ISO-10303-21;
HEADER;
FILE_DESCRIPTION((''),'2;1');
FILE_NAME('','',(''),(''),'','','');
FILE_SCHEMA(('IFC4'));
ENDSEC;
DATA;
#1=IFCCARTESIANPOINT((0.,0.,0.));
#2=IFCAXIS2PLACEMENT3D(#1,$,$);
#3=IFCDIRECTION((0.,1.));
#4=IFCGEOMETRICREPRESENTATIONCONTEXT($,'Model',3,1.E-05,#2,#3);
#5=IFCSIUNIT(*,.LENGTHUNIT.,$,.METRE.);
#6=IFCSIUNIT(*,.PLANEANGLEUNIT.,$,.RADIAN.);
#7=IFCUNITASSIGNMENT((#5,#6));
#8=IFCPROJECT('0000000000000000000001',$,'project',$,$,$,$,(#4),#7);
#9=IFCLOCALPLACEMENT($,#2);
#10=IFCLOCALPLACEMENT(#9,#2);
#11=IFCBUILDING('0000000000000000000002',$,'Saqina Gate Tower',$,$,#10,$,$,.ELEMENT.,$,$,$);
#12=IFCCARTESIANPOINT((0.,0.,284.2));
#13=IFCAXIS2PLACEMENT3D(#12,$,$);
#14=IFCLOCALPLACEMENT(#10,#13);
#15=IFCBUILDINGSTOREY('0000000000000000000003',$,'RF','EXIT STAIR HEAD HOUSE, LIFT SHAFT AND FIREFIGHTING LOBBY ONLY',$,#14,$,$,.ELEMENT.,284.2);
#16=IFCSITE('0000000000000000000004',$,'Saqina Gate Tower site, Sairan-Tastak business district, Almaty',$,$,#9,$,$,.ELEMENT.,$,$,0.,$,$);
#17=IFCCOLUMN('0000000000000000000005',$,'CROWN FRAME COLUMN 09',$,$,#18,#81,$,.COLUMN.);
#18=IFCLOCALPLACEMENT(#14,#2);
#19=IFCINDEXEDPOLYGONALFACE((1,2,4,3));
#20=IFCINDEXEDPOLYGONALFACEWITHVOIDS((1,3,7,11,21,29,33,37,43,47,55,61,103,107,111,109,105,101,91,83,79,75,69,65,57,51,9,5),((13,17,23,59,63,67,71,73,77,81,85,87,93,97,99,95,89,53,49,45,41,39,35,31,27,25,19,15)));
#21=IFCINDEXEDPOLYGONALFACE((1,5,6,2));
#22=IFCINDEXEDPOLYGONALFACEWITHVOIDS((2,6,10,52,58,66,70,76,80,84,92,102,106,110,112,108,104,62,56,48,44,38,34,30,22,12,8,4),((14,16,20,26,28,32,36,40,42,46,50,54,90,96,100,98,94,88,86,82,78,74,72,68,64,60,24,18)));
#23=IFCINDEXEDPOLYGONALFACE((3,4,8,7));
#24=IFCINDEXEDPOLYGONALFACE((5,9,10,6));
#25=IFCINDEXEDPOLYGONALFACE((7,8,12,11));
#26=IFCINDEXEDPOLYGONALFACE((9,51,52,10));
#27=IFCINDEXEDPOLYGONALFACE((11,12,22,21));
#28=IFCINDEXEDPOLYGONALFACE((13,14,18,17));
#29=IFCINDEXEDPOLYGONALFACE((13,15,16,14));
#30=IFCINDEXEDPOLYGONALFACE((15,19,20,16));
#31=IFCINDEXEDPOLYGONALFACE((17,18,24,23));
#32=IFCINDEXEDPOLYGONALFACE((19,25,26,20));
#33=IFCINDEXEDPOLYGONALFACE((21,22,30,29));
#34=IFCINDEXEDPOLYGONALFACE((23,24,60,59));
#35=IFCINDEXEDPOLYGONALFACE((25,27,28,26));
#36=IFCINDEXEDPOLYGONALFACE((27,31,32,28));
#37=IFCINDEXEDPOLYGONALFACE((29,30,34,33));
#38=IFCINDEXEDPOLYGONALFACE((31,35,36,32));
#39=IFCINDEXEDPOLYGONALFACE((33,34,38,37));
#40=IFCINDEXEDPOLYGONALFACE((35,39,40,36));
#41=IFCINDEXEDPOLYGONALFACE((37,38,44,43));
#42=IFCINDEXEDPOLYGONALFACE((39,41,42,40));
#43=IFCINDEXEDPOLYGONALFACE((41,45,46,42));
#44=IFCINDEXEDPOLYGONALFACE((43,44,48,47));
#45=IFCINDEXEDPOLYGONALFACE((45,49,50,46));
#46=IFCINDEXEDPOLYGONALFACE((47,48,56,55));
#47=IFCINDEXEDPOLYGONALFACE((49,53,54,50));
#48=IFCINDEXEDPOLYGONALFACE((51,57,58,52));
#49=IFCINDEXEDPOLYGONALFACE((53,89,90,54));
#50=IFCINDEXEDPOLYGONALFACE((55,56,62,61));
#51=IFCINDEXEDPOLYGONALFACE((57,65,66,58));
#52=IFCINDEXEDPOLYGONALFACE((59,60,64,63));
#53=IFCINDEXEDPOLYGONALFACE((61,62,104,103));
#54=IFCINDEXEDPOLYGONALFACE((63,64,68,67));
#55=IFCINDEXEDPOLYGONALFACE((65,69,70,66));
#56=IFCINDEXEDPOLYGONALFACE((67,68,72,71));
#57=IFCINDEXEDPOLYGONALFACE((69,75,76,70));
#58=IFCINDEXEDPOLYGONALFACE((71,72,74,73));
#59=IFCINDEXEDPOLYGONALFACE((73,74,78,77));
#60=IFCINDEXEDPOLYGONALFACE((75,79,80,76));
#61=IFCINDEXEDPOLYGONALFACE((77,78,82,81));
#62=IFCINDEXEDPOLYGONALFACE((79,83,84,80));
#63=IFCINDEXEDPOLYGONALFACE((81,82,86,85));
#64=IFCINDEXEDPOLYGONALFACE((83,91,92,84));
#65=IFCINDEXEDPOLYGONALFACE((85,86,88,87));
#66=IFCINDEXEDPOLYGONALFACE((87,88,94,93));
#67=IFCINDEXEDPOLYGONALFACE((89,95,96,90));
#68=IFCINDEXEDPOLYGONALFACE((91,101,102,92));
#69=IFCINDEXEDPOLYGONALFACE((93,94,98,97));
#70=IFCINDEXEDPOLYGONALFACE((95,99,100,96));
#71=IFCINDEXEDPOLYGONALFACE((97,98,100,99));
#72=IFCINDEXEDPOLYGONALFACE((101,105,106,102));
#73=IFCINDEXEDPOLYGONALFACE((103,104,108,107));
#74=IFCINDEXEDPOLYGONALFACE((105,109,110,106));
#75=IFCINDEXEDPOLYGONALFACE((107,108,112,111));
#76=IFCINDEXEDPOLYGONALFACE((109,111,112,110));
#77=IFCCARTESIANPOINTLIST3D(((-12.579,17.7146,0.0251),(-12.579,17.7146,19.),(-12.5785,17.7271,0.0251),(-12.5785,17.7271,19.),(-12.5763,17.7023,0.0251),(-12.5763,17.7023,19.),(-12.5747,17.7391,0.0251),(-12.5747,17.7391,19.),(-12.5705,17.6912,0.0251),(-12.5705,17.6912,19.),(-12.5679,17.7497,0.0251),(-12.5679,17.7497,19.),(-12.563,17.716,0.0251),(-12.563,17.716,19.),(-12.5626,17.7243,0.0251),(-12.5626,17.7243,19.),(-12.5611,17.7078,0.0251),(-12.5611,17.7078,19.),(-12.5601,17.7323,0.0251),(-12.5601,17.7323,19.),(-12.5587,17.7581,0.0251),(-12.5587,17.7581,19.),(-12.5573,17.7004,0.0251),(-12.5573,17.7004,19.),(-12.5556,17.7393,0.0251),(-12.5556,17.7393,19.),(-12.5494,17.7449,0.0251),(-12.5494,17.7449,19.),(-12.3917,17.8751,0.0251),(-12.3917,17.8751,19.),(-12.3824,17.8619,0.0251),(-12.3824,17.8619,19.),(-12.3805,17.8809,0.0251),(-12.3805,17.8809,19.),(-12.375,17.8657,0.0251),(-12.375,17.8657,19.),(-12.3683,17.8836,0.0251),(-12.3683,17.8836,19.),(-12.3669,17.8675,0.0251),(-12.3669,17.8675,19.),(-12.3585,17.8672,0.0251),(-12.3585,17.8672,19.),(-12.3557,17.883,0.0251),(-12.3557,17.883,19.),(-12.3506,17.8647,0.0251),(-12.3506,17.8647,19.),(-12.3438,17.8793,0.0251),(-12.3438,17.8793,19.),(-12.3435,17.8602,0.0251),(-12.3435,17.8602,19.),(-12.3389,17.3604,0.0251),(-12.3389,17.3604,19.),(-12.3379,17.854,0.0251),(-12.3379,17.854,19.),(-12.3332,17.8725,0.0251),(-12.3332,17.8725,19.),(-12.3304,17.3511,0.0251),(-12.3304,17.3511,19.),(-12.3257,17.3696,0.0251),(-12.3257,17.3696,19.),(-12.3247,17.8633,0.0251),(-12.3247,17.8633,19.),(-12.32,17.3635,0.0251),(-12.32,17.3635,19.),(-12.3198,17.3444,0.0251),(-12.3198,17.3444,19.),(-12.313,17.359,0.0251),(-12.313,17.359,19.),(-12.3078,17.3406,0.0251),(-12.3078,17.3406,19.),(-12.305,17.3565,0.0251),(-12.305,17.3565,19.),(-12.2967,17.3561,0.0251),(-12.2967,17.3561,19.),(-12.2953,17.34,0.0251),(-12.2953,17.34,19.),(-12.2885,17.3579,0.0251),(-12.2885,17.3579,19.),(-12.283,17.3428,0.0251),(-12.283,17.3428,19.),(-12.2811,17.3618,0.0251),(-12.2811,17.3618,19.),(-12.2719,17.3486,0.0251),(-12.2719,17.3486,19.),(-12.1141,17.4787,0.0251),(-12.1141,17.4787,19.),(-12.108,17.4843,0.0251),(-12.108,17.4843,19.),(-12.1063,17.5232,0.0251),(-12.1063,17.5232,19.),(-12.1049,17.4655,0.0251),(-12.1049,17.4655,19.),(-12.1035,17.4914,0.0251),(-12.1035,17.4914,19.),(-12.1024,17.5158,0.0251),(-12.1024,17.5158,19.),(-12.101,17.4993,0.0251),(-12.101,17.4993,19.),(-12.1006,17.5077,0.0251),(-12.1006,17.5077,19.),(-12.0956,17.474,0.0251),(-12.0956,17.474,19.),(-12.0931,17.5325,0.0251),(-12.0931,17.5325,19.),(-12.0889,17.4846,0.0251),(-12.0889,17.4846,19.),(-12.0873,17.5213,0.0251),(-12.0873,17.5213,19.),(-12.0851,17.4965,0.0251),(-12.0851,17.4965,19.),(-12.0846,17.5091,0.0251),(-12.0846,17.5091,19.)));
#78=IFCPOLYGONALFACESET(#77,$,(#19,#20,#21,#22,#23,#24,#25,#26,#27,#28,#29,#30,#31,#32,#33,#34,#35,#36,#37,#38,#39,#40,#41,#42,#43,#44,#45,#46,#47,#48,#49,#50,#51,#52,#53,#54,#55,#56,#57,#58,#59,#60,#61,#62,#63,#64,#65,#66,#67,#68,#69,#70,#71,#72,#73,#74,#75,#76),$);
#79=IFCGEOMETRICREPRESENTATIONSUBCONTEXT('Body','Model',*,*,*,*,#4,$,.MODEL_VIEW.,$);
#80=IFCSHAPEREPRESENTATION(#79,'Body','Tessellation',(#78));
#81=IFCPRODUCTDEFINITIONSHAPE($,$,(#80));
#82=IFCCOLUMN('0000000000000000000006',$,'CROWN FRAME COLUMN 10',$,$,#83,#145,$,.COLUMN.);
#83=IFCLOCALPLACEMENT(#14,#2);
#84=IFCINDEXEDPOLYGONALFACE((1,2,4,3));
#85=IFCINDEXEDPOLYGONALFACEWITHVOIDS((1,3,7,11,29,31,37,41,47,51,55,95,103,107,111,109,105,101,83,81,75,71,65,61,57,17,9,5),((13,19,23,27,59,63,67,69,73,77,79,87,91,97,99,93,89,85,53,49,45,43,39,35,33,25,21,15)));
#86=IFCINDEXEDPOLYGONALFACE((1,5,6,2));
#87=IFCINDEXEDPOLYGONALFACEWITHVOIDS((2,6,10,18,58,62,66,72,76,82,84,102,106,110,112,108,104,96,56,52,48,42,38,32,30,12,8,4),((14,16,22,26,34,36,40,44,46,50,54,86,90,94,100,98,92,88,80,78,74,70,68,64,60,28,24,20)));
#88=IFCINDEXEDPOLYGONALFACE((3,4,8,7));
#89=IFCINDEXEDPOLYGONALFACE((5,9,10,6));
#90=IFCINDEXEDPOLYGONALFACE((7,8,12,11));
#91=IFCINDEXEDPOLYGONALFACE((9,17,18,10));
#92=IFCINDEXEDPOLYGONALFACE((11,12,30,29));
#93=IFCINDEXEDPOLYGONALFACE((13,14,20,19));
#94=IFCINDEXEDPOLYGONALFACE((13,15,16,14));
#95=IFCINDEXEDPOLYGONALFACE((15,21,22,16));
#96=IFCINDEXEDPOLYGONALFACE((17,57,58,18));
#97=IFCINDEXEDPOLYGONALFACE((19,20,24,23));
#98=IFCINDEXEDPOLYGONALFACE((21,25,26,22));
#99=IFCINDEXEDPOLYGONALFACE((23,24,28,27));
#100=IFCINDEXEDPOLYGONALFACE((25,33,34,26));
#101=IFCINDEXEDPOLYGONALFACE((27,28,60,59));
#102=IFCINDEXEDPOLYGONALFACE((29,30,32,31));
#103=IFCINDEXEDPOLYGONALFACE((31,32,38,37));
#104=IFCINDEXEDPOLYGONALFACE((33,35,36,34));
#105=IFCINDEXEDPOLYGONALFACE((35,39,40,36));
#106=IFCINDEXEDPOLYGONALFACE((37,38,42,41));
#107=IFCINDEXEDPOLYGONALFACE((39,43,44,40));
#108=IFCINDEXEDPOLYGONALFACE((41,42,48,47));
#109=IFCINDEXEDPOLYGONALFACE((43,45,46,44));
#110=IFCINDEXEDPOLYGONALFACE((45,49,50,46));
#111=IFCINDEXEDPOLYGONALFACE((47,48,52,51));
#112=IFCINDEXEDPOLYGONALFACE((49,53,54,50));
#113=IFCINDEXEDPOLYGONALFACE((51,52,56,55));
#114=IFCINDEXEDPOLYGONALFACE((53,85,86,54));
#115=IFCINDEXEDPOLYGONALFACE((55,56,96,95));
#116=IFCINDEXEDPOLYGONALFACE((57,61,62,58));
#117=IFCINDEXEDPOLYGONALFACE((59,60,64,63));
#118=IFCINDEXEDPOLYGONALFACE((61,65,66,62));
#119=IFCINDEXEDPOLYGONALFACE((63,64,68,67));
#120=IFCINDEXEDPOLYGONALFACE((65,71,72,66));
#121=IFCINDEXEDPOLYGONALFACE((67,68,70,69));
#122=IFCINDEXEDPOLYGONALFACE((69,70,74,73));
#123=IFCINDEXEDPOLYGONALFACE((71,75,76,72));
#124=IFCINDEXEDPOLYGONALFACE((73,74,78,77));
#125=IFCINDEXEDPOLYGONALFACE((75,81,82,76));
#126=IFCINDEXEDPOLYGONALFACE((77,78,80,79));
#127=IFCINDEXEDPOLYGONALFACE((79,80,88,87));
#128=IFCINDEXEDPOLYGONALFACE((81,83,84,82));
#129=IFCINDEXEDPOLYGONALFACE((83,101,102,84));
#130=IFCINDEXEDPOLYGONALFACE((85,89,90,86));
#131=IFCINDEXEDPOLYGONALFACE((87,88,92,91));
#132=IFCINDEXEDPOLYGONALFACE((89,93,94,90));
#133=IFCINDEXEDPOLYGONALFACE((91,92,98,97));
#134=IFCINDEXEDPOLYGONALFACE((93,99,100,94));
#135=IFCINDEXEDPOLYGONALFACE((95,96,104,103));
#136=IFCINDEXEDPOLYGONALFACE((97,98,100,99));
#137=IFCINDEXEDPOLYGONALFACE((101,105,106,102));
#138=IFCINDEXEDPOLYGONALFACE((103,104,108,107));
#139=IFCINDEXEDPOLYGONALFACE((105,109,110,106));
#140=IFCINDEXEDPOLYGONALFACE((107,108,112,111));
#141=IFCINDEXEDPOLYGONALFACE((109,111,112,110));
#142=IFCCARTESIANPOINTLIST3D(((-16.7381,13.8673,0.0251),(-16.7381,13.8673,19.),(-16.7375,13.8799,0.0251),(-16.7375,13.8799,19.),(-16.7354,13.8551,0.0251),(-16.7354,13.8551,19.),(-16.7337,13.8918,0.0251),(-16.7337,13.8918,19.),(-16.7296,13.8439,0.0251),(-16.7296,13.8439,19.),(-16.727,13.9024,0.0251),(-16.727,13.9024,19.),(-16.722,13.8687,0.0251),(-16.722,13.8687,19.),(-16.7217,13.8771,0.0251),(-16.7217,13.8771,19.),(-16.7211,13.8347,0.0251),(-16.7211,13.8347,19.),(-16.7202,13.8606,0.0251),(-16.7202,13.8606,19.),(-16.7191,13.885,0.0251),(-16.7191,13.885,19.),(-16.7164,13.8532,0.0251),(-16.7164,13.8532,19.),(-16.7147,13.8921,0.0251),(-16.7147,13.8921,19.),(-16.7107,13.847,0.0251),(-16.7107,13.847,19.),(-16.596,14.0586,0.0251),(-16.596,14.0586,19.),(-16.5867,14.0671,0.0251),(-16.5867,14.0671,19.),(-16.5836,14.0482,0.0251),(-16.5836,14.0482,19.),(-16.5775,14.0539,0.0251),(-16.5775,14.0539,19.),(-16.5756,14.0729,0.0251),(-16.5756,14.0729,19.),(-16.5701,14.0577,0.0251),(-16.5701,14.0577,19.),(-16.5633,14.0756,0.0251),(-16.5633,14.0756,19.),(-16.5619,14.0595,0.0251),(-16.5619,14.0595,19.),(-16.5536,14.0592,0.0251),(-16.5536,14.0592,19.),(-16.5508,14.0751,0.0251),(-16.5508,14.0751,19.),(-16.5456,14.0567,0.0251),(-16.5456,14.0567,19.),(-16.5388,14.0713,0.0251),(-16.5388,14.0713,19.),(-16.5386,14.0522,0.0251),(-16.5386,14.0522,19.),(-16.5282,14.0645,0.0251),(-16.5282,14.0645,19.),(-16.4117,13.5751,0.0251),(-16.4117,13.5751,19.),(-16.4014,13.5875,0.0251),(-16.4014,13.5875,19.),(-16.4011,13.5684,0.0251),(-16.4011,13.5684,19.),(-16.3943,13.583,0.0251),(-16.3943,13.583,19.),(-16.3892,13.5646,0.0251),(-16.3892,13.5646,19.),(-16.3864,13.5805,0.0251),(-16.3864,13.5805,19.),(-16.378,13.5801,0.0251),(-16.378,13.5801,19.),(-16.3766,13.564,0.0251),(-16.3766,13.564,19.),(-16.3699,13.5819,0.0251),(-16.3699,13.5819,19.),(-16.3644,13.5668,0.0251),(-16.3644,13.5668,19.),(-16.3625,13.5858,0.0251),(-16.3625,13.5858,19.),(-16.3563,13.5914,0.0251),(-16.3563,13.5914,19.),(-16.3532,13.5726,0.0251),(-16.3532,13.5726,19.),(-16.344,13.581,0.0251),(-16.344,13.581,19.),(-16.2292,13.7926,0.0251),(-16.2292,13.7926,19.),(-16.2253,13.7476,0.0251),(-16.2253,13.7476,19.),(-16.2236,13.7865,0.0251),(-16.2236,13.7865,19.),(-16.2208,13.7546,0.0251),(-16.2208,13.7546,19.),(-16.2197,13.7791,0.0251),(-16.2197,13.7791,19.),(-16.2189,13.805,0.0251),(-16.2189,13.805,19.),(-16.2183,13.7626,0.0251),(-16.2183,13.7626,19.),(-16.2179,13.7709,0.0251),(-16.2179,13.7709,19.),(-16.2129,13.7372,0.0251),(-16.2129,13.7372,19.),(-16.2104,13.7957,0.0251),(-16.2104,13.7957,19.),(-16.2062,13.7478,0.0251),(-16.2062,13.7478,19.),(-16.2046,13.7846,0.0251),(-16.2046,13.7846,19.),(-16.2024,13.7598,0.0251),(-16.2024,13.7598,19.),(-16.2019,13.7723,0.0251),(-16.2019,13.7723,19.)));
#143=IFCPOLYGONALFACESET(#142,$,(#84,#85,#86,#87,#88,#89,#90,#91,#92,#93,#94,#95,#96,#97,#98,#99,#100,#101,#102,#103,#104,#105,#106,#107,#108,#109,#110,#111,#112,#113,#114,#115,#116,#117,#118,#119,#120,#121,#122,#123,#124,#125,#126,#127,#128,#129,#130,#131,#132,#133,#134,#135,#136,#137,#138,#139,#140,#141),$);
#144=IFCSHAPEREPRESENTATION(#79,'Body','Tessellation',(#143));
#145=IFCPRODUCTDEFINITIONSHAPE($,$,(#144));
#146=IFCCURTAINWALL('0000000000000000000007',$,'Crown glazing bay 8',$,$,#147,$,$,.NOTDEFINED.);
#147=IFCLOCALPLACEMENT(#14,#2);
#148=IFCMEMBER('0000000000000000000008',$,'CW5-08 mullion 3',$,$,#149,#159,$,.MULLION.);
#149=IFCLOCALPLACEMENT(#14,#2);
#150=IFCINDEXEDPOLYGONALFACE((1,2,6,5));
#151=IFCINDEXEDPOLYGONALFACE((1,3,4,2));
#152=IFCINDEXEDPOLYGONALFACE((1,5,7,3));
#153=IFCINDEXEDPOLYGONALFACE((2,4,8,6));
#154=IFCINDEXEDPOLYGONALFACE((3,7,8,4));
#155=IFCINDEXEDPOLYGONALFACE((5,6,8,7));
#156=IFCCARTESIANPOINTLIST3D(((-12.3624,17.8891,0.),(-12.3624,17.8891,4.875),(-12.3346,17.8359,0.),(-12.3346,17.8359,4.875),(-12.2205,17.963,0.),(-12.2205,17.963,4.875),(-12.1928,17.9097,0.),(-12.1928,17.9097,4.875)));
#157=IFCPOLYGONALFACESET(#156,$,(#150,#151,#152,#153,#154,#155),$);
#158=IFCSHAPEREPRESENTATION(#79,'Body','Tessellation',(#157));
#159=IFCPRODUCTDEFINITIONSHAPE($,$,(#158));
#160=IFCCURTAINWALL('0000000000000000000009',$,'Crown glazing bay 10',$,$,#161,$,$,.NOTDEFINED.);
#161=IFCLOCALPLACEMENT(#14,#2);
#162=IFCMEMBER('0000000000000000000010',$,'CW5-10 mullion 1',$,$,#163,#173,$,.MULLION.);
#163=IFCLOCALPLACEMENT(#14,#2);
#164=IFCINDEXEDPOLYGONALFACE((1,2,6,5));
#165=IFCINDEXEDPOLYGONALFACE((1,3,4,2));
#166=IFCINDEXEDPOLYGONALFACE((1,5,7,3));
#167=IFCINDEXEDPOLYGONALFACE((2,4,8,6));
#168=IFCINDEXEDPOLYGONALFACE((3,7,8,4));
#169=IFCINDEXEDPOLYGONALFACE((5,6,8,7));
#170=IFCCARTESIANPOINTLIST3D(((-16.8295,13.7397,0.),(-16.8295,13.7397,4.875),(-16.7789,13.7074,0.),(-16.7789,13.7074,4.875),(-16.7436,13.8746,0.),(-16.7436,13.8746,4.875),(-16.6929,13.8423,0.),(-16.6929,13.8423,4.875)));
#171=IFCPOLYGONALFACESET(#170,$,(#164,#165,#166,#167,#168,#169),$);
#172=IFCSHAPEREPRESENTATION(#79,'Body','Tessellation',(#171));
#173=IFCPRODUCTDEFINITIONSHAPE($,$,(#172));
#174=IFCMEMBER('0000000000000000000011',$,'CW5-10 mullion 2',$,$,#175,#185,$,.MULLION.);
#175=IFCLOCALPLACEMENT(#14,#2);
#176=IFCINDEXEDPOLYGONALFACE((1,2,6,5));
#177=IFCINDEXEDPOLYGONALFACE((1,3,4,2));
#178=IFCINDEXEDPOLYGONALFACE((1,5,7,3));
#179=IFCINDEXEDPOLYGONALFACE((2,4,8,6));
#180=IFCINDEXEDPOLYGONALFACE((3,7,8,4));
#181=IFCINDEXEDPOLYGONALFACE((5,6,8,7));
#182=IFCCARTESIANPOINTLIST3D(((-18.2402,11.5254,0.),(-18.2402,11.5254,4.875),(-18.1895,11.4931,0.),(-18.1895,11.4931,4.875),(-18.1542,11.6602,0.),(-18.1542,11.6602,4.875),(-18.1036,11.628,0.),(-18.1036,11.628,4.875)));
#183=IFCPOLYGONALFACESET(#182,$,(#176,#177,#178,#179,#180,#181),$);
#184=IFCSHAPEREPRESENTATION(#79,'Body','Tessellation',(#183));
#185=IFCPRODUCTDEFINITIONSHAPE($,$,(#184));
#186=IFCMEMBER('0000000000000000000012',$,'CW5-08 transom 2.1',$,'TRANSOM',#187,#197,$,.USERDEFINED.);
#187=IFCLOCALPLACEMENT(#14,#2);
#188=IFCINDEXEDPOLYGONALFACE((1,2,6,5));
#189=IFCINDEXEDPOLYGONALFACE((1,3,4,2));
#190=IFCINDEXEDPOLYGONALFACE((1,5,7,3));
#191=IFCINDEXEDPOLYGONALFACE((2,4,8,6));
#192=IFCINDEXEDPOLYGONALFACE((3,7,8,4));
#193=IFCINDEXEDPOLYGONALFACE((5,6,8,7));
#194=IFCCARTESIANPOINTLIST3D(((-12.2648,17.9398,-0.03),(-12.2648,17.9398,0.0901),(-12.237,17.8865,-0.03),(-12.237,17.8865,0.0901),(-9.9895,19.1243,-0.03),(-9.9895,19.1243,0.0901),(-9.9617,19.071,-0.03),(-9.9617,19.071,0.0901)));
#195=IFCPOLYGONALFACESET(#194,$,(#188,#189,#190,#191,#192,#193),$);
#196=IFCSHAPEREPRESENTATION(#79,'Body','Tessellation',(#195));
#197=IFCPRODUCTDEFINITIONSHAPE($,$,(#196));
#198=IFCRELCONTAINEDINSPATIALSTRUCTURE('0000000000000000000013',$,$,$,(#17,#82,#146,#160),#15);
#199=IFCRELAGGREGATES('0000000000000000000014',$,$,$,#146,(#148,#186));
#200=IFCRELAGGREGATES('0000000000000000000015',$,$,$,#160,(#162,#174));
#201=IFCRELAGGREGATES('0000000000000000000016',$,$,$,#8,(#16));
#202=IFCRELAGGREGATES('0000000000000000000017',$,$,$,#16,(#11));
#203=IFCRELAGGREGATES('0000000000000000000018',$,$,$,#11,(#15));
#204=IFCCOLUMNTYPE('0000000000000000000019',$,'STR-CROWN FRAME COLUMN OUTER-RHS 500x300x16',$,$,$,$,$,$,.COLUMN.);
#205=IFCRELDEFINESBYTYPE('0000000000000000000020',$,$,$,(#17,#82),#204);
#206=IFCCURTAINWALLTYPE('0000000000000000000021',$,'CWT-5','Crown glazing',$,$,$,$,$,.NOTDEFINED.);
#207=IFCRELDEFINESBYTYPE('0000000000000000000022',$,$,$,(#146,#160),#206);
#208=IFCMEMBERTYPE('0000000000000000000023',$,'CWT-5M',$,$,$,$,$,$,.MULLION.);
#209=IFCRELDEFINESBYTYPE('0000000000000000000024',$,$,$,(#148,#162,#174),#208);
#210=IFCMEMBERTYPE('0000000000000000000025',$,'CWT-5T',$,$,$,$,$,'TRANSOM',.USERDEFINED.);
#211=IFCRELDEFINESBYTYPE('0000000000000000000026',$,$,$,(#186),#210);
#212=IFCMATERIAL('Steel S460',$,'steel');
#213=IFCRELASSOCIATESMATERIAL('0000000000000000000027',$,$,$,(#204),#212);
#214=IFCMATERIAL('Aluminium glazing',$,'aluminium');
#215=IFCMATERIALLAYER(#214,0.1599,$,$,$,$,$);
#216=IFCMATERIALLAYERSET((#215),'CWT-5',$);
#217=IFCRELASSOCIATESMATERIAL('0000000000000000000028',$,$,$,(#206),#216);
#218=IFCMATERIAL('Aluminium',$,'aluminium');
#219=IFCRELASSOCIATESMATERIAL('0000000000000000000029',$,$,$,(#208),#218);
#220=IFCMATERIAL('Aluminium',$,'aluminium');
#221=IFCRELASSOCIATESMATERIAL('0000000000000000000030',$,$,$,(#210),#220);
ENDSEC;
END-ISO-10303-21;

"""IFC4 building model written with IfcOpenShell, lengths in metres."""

from ifc_helpers import new_model, si_unit, direction, frame, origin, origin_2d, place, context, subcontext, project, spatial, rectangle, hollow_rectangle, extrude, material, layer, layer_set, material_profile, profile_set, type_object, element, aggregate, save


model = new_model("IFC4")

# Units and contexts
model_context = context("Model", 3, precision=1e-05, world=origin(), true_north=direction((0.0, 1.0)))
body_context = subcontext(model_context, "Body", "Model", "MODEL_VIEW")
ifc_project = project(units=[si_unit("LENGTHUNIT", "METRE"), si_unit("PLANEANGLEUNIT", "RADIAN")], contexts=[model_context])

# Site, building, storey
site_placement = place(None, origin())
site = spatial("IfcSite", under=ifc_project, at=site_placement, Name="Saqina Gate Tower site, Sairan-Tastak business district, Almaty", CompositionType="ELEMENT", RefElevation=0.0)
building_placement = place(site_placement, origin())
building = spatial("IfcBuilding", under=site, at=building_placement, Name="Saqina Gate Tower", CompositionType="ELEMENT")
storey_placement = place(building_placement, frame((0.0, 0.0, 284.2)))
storey = spatial("IfcBuildingStorey", under=building, at=storey_placement, Name="RF", Description="EXIT STAIR HEAD HOUSE, LIFT SHAFT AND FIREFIGHTING LOBBY ONLY", CompositionType="ELEMENT", Elevation=284.2)

# Columns
ifc_material_1 = material(Name="Steel S460", Category="steel")
ifc_material_profile_1 = material_profile(ifc_material_1, hollow_rectangle(XDim=0.3, YDim=0.5, WallThickness=0.0161, InnerFilletRadius=0.032, OuterFilletRadius=0.0481, at=origin_2d()), Name="RHS 500x300x16")
ifc_profile_set_1 = profile_set([ifc_material_profile_1], Name="Steel S460")
column_type = type_object("IfcColumnType", Name="STR-CROWN FRAME COLUMN OUTER-RHS 500x300x16", PredefinedType="COLUMN", material=ifc_profile_set_1)
for number, where, z_axis, x_axis, name in (
    (1, (-12.3318, 17.6118, 0.0251), (0.0, 0.0, 1.0), (-0.819152, -0.573576, 0.0), "CROWN FRAME COLUMN 09"),
    (2, (-16.47, 13.8198, 0.0251), (0.0, 0.0, 1.0), (-0.642788, -0.766044, 0.0), "CROWN FRAME COLUMN 10"),
):
    element("IfcColumn", number, at=place(storey_placement, frame(where, z_axis=z_axis, x_axis=x_axis)), inside=storey, type_object=column_type, Name=name, PredefinedType="COLUMN", context=body_context, shape_type="SweptSolid", body=[
        extrude(hollow_rectangle(XDim=0.3, YDim=0.5, WallThickness=0.0161, InnerFilletRadius=0.032, OuterFilletRadius=0.0481, at=origin_2d()), origin(), (0.0, 0.0, 1.0), 18.9749),
    ])

# Curtain wall, member
ifc_material_2 = material(Name="Aluminium glazing", Category="aluminium")
ifc_layer_1 = layer(ifc_material_2, 0.1599)
ifc_layer_set_1 = layer_set([ifc_layer_1], Name="CWT-5")
curtain_wall_type = type_object("IfcCurtainWallType", Name="CWT-5", Description="Crown glazing", PredefinedType="NOTDEFINED", material=ifc_layer_set_1)
curtain_wall_1_placement = place(storey_placement, origin())
curtain_wall_1 = element("IfcCurtainWall", 3, at=curtain_wall_1_placement, inside=storey, type_object=curtain_wall_type, Name="Crown glazing bay 8", PredefinedType="NOTDEFINED")
ifc_material_3 = material(Name="Aluminium", Category="aluminium")
ifc_material_profile_2 = material_profile(ifc_material_3, rectangle(XDim=0.0601, YDim=0.1599, at=origin_2d()), Name="Aluminium 60x160")
ifc_profile_set_2 = profile_set([ifc_material_profile_2], Name="Aluminium")
member_type_1 = type_object("IfcMemberType", Name="CWT-5M", PredefinedType="MULLION", material=ifc_profile_set_2)
member_1_placement = place(storey_placement, frame((-12.2776, 17.8994, 0.0), z_axis=(0.0, 0.0, 1.0), x_axis=(0.461751, -0.88701, 0.0)))
member_1 = element("IfcMember", 4, at=member_1_placement, type_object=member_type_1, Name="CW5-08 mullion 3", PredefinedType="MULLION", context=body_context, shape_type="SweptSolid", body=[
    extrude(rectangle(XDim=0.0601, YDim=0.1599, at=origin_2d()), origin(), (0.0, 0.0, 1.0), 4.875),
])

# Curtain wall, members
curtain_wall_2_placement = place(storey_placement, origin())
curtain_wall_2 = element("IfcCurtainWall", 5, at=curtain_wall_2_placement, inside=storey, type_object=curtain_wall_type, Name="Crown glazing bay 10", PredefinedType="NOTDEFINED")
member_2_placement = place(storey_placement, frame((-16.7612, 13.791, 0.0), z_axis=(0.0, 0.0, 1.0), x_axis=(0.843395, -0.537295, 0.0)))
member_2 = element("IfcMember", 6, at=member_2_placement, type_object=member_type_1, Name="CW5-10 mullion 1", PredefinedType="MULLION", context=body_context, shape_type="SweptSolid", body=[
    extrude(rectangle(XDim=0.0601, YDim=0.1599, at=origin_2d()), origin(), (0.0, 0.0, 1.0), 4.875),
])
member_3_placement = place(storey_placement, frame((-18.1719, 11.5767, 0.0), z_axis=(0.0, 0.0, 1.0), x_axis=(0.843395, -0.537295, 0.0)))
member_3 = element("IfcMember", 7, at=member_3_placement, type_object=member_type_1, Name="CW5-10 mullion 2", PredefinedType="MULLION", context=body_context, shape_type="SweptSolid", body=[
    extrude(rectangle(XDim=0.0601, YDim=0.1599, at=origin_2d()), origin(), (0.0, 0.0, 1.0), 4.875),
])

# Member
ifc_material_4 = material(Name="Aluminium", Category="aluminium")
ifc_material_profile_3 = material_profile(ifc_material_4, rectangle(XDim=0.0601, YDim=0.1201, at=origin_2d()), Name="Aluminium 60x120")
ifc_profile_set_3 = profile_set([ifc_material_profile_3], Name="Aluminium")
member_type_2 = type_object("IfcMemberType", Name="CWT-5T", ElementType="TRANSOM", PredefinedType="USERDEFINED", material=ifc_profile_set_3)
member_4_placement = place(storey_placement, frame((-9.9756, 19.0977, 0.03), z_axis=(-0.886999, -0.461772, 0.0), x_axis=(0.461772, -0.886999, 0.0)))
member_4 = element("IfcMember", 8, at=member_4_placement, type_object=member_type_2, Name="CW5-08 transom 2.1", ObjectType="TRANSOM", PredefinedType="USERDEFINED", context=body_context, shape_type="SweptSolid", body=[
    extrude(rectangle(XDim=0.0601, YDim=0.1201, at=origin_2d()), origin(), (0.0, 0.0, 1.0), 2.5652),
])

aggregate(curtain_wall_1, [member_1, member_4])
aggregate(curtain_wall_2, [member_2, member_3])

save(model, "model.ifc")
